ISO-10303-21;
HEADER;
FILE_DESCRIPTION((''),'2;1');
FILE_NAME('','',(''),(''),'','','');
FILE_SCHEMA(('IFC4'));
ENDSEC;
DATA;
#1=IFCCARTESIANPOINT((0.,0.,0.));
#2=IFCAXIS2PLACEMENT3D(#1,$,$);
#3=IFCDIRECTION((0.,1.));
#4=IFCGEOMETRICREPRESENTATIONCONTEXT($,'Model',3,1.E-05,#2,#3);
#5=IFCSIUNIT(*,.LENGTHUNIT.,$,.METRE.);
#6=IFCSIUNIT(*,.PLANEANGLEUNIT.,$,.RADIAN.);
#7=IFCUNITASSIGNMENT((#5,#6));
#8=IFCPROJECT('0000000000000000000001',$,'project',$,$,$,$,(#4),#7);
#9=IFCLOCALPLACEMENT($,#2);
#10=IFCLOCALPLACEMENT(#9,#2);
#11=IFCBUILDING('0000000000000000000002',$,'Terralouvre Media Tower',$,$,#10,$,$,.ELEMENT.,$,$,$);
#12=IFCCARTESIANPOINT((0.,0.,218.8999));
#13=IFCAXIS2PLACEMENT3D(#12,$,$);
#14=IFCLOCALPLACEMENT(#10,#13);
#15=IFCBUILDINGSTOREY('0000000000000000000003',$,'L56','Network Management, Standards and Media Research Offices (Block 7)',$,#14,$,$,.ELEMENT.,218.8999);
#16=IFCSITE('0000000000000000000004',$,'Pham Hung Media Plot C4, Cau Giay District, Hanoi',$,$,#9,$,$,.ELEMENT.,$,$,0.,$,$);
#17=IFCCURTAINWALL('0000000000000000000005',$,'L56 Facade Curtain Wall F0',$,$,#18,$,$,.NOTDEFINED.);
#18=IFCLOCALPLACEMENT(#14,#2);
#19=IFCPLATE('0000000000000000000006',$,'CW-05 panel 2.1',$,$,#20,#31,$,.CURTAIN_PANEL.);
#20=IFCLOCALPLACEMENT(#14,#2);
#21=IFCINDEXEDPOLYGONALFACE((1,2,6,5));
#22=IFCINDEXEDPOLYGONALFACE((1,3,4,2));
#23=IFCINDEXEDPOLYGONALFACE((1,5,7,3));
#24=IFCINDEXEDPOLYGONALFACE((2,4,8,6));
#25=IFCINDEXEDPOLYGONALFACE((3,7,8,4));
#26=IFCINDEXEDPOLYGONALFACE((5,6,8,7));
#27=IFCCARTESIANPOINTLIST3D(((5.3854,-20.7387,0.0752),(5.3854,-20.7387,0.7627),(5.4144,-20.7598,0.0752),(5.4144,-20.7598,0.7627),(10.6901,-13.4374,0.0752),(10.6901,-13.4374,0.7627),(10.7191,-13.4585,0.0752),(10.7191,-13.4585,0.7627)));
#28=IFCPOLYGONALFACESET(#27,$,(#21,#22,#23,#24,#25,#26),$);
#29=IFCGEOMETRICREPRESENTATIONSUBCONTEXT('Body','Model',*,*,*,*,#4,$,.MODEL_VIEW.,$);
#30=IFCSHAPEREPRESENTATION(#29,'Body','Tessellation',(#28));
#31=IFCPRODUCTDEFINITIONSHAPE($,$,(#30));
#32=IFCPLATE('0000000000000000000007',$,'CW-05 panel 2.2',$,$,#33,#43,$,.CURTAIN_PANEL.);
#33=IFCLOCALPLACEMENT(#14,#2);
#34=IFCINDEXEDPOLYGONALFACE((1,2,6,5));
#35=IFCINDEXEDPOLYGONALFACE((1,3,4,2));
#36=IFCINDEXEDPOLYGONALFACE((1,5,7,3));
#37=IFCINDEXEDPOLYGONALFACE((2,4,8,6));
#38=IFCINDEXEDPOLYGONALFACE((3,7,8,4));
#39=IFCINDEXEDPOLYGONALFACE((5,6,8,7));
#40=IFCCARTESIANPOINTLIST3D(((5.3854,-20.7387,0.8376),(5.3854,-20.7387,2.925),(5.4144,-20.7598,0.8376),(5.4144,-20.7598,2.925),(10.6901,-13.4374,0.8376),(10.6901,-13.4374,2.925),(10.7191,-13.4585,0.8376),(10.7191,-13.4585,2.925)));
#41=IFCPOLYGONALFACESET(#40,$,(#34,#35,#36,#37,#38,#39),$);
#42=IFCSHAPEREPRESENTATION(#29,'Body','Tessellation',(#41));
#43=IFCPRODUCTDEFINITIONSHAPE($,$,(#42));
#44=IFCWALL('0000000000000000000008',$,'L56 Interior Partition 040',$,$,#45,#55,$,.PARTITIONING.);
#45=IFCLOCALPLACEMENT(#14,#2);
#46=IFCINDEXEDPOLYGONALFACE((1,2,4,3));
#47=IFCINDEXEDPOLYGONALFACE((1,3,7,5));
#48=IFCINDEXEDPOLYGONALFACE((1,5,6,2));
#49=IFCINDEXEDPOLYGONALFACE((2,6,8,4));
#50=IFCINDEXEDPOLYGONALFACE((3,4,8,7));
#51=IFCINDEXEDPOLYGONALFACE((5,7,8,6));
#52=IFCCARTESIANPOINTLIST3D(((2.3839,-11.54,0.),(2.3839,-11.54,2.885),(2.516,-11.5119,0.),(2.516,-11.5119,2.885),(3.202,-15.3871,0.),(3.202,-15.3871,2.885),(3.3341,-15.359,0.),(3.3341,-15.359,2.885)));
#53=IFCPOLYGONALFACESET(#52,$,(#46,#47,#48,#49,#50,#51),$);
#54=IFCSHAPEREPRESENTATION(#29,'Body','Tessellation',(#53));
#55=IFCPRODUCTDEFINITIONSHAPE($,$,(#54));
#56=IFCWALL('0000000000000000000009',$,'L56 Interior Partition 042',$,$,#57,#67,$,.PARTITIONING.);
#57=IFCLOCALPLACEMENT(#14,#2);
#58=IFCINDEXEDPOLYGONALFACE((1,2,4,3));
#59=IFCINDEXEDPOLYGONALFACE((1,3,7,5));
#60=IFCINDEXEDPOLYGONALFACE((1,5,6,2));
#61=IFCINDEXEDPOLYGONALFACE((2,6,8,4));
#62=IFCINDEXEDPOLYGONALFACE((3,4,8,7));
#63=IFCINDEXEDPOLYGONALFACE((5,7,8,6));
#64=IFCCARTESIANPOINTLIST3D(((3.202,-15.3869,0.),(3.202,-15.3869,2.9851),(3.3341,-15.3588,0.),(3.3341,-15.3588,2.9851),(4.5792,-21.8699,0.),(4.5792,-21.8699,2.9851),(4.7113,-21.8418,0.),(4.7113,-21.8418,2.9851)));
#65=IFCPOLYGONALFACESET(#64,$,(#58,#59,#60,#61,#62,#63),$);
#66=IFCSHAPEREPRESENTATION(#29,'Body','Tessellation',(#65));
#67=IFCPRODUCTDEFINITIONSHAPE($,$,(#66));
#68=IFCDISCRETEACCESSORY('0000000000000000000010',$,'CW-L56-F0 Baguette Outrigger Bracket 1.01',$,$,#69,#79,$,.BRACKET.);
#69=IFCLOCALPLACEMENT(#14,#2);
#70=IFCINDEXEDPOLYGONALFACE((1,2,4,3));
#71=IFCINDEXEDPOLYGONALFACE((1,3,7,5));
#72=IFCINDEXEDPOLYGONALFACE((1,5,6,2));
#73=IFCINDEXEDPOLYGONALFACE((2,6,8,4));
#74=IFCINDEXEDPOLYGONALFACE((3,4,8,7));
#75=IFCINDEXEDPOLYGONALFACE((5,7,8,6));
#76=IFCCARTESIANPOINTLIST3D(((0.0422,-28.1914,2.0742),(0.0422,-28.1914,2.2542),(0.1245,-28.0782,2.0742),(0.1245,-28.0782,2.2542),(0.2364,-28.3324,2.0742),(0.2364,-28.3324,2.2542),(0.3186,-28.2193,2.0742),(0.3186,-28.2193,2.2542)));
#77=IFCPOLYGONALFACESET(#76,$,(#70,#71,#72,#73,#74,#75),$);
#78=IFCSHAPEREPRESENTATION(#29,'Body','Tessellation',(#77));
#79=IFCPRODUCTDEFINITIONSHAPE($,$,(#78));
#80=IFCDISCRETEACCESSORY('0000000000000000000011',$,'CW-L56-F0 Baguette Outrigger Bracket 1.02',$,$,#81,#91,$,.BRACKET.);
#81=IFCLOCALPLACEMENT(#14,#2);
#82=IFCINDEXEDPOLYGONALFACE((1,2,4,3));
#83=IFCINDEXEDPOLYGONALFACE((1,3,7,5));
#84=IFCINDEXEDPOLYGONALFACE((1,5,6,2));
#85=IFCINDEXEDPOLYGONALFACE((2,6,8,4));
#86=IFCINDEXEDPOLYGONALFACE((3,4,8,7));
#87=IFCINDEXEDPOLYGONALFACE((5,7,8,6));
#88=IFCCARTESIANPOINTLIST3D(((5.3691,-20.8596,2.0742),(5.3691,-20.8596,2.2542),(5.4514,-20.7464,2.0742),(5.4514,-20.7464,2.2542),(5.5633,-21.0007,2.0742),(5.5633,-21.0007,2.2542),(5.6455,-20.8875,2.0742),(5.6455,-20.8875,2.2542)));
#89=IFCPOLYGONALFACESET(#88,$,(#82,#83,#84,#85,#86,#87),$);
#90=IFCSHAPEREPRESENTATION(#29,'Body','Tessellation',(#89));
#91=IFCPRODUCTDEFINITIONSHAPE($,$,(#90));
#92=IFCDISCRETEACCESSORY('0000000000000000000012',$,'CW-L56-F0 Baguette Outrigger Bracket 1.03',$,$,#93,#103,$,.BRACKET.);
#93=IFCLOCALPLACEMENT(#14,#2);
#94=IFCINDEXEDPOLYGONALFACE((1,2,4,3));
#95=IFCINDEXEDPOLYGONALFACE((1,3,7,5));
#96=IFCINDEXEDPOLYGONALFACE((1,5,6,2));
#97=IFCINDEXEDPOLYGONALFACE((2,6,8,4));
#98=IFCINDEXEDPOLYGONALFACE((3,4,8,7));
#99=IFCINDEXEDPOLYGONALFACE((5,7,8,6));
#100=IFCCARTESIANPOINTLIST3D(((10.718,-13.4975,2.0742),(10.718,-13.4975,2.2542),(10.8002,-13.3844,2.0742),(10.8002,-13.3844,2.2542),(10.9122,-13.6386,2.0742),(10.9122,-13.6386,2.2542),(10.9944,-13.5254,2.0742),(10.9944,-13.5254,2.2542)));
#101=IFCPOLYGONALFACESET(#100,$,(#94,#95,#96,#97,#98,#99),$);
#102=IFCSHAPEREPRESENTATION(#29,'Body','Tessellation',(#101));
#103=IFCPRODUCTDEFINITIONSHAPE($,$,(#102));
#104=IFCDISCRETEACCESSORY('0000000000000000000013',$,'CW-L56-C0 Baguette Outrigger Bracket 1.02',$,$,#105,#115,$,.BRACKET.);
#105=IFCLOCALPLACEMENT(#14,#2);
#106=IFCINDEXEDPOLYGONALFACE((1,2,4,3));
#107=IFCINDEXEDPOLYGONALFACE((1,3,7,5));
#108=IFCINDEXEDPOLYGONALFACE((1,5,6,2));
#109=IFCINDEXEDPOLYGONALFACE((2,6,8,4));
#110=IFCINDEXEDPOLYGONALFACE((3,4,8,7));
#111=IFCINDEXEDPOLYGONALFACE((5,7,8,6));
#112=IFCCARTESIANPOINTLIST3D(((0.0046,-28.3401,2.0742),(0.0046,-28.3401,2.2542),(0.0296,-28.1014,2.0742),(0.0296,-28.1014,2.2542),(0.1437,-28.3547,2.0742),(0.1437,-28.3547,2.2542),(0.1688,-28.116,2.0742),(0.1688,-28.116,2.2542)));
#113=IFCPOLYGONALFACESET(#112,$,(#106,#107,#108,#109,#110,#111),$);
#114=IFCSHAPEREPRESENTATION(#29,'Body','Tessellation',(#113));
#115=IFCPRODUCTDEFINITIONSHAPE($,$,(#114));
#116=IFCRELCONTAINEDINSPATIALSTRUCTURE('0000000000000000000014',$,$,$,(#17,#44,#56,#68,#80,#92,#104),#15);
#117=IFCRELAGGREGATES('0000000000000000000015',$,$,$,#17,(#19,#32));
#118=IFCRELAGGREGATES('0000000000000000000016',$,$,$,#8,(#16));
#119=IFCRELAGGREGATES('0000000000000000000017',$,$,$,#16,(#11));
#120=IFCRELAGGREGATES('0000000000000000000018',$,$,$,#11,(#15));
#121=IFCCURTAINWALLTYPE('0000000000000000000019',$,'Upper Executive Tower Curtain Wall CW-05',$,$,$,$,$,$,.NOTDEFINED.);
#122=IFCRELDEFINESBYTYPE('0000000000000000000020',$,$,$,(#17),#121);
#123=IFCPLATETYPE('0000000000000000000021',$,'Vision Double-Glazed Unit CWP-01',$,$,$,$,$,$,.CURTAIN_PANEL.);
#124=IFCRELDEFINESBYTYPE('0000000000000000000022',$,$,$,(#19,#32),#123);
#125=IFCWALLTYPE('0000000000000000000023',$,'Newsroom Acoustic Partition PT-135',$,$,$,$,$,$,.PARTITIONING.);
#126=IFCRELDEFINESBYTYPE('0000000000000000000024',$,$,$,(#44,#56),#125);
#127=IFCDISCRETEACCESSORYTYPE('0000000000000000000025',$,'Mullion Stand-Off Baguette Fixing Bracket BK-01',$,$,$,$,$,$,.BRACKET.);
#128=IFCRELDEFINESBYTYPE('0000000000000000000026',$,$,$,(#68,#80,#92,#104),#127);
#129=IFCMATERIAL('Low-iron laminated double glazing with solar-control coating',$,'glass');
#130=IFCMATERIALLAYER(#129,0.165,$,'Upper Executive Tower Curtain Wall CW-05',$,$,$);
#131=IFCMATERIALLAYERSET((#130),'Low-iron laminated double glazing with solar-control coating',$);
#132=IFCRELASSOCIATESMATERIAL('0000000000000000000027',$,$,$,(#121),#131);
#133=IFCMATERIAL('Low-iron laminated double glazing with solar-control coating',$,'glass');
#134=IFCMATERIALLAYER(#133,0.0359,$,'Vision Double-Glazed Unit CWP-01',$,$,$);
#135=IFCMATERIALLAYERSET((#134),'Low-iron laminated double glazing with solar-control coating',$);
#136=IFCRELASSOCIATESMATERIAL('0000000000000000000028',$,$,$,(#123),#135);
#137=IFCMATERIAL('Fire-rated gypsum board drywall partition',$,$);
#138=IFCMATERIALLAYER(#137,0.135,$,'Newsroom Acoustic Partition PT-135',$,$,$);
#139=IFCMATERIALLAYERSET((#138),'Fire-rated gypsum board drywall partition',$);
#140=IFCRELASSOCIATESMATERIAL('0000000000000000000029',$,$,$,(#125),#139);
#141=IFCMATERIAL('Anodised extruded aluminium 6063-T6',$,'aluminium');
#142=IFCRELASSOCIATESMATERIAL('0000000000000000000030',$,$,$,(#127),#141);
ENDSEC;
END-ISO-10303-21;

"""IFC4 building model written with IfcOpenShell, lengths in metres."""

from ifc_helpers import new_model, si_unit, direction, frame, frame_2d, origin, origin_2d, place, context, subcontext, project, spatial, rectangle, extrude, material, layer, layer_set, type_object, element, aggregate, save


model = new_model("IFC4")

# Units and contexts
model_context = context("Model", 3, precision=1e-05, world=origin(), true_north=direction((0.0, 1.0)))
body_context = subcontext(model_context, "Body", "Model", "MODEL_VIEW")
ifc_project = project(units=[si_unit("LENGTHUNIT", "METRE"), si_unit("PLANEANGLEUNIT", "RADIAN")], contexts=[model_context])

# Site, building, storey
site_placement = place(None, origin())
site = spatial("IfcSite", under=ifc_project, at=site_placement, Name="Pham Hung Media Plot C4, Cau Giay District, Hanoi", CompositionType="ELEMENT", RefElevation=0.0)
building_placement = place(site_placement, origin())
building = spatial("IfcBuilding", under=site, at=building_placement, Name="Terralouvre Media Tower", CompositionType="ELEMENT")
storey_placement = place(building_placement, frame((0.0, 0.0, 218.8999)))
storey = spatial("IfcBuildingStorey", under=building, at=storey_placement, Name="L56", Description="Network Management, Standards and Media Research Offices (Block 7)", CompositionType="ELEMENT", Elevation=218.8999)

# Curtain wall
ifc_material_1 = material(Name="Low-iron laminated double glazing with solar-control coating", Category="glass")
ifc_layer_1 = layer(ifc_material_1, 0.165, Name="Upper Executive Tower Curtain Wall CW-05")
ifc_layer_set_1 = layer_set([ifc_layer_1], Name="Low-iron laminated double glazing with solar-control coating")
curtain_wall_type_1 = type_object("IfcCurtainWallType", Name="Upper Executive Tower Curtain Wall CW-05", PredefinedType="NOTDEFINED", material=ifc_layer_set_1)
curtain_wall_1_placement = place(storey_placement, origin())
curtain_wall_1 = element("IfcCurtainWall", 1, at=curtain_wall_1_placement, inside=storey, type_object=curtain_wall_type_1, Name="L56 Facade Curtain Wall F0", PredefinedType="NOTDEFINED")

# Plates
ifc_material_2 = material(Name="Low-iron laminated double glazing with solar-control coating", Category="glass")
ifc_layer_2 = layer(ifc_material_2, 0.0359, Name="Vision Double-Glazed Unit CWP-01")
ifc_layer_set_2 = layer_set([ifc_layer_2], Name="Low-iron laminated double glazing with solar-control coating")
plate_type = type_object("IfcPlateType", Name="Vision Double-Glazed Unit CWP-01", PredefinedType="CURTAIN_PANEL", material=ifc_layer_set_2)
plate_1_placement = place(storey_placement, frame((8.0522, -17.0986, 0.0752), z_axis=(0.0, 0.0, 1.0), x_axis=(0.587785, 0.809017, 0.0)))
plate_1 = element("IfcPlate", 2, at=plate_1_placement, type_object=plate_type, Name="CW-05 panel 2.1", PredefinedType="CURTAIN_PANEL", context=body_context, shape_type="SweptSolid", body=[
    extrude(rectangle(XDim=9.0249, YDim=0.0359, at=origin_2d()), origin(), (0.0, 0.0, 1.0), 0.6875),
])
plate_2_placement = place(storey_placement, frame((8.0522, -17.0986, 0.8376), z_axis=(0.0, 0.0, 1.0), x_axis=(0.587785, 0.809017, 0.0)))
plate_2 = element("IfcPlate", 3, at=plate_2_placement, type_object=plate_type, Name="CW-05 panel 2.2", PredefinedType="CURTAIN_PANEL", context=body_context, shape_type="SweptSolid", body=[
    extrude(rectangle(XDim=9.0249, YDim=0.0359, at=origin_2d()), origin(), (0.0, 0.0, 1.0), 2.0874),
])
aggregate(curtain_wall_1, [plate_1, plate_2])

# Walls
ifc_material_3 = material(Name="Fire-rated gypsum board drywall partition")
ifc_layer_3 = layer(ifc_material_3, 0.135, Name="Newsroom Acoustic Partition PT-135")
ifc_layer_set_3 = layer_set([ifc_layer_3], Name="Fire-rated gypsum board drywall partition")
wall_type = type_object("IfcWallType", Name="Newsroom Acoustic Partition PT-135", PredefinedType="PARTITIONING", material=ifc_layer_set_3)
wall_1_placement = place(storey_placement, frame((3.2681, -15.373, 0.0), z_axis=(0.0, 0.0, 1.0), x_axis=(-0.208003, 0.978128, 0.0)))
element("IfcWall", 4, at=wall_1_placement, inside=storey, type_object=wall_type, Name="L56 Interior Partition 040", PredefinedType="PARTITIONING", context=body_context, shape_type="SweptSolid", body=[
    extrude(rectangle(XDim=3.9331, YDim=0.135, at=frame_2d((1.9666, 0.0))), origin(), (0.0, 0.0, 1.0), 2.885),
])
wall_2_placement = place(storey_placement, frame((4.6453, -21.856, 0.0), z_axis=(0.0, 0.0, 1.0), x_axis=(-0.207798, 0.978172, 0.0)))
element("IfcWall", 5, at=wall_2_placement, inside=storey, type_object=wall_type, Name="L56 Interior Partition 042", PredefinedType="PARTITIONING", context=body_context, shape_type="SweptSolid", body=[
    extrude(rectangle(XDim=6.6277, YDim=0.135, at=frame_2d((3.314, 0.0))), origin(), (0.0, 0.0, 1.0), 2.9851),
])

# Discrete accessories
ifc_material_4 = material(Name="Anodised extruded aluminium 6063-T6", Category="aluminium")
discrete_accessory_type = type_object("IfcDiscreteAccessoryType", Name="Mullion Stand-Off Baguette Fixing Bracket BK-01", PredefinedType="BRACKET", material=ifc_material_4)
for number, where, z_axis, x_axis, name in (
    (6, (0.1804, -28.2053, 2.0742), (0.0, 0.0, 1.0), (0.587785, 0.809017, 0.0), "CW-L56-F0 Baguette Outrigger Bracket 1.01"),
    (7, (5.5073, -20.8735, 2.0742), (0.0, 0.0, 1.0), (0.587785, 0.809017, 0.0), "CW-L56-F0 Baguette Outrigger Bracket 1.02"),
    (8, (10.8562, -13.5115, 2.0742), (0.0, 0.0, 1.0), (0.587785, 0.809017, 0.0), "CW-L56-F0 Baguette Outrigger Bracket 1.03"),
    (9, (0.0867, -28.228, 2.0742), (0.0, 0.0, 1.0), (0.994522, -0.104528, 0.0), "CW-L56-C0 Baguette Outrigger Bracket 1.02"),
):
    element("IfcDiscreteAccessory", number, at=place(storey_placement, frame(where, z_axis=z_axis, x_axis=x_axis)), inside=storey, type_object=discrete_accessory_type, Name=name, PredefinedType="BRACKET", context=body_context, shape_type="SweptSolid", body=[
        extrude(rectangle(XDim=0.1399, YDim=0.24, at=origin_2d()), origin(), (0.0, 0.0, 1.0), 0.1799),
    ])

save(model, "model.ifc")
